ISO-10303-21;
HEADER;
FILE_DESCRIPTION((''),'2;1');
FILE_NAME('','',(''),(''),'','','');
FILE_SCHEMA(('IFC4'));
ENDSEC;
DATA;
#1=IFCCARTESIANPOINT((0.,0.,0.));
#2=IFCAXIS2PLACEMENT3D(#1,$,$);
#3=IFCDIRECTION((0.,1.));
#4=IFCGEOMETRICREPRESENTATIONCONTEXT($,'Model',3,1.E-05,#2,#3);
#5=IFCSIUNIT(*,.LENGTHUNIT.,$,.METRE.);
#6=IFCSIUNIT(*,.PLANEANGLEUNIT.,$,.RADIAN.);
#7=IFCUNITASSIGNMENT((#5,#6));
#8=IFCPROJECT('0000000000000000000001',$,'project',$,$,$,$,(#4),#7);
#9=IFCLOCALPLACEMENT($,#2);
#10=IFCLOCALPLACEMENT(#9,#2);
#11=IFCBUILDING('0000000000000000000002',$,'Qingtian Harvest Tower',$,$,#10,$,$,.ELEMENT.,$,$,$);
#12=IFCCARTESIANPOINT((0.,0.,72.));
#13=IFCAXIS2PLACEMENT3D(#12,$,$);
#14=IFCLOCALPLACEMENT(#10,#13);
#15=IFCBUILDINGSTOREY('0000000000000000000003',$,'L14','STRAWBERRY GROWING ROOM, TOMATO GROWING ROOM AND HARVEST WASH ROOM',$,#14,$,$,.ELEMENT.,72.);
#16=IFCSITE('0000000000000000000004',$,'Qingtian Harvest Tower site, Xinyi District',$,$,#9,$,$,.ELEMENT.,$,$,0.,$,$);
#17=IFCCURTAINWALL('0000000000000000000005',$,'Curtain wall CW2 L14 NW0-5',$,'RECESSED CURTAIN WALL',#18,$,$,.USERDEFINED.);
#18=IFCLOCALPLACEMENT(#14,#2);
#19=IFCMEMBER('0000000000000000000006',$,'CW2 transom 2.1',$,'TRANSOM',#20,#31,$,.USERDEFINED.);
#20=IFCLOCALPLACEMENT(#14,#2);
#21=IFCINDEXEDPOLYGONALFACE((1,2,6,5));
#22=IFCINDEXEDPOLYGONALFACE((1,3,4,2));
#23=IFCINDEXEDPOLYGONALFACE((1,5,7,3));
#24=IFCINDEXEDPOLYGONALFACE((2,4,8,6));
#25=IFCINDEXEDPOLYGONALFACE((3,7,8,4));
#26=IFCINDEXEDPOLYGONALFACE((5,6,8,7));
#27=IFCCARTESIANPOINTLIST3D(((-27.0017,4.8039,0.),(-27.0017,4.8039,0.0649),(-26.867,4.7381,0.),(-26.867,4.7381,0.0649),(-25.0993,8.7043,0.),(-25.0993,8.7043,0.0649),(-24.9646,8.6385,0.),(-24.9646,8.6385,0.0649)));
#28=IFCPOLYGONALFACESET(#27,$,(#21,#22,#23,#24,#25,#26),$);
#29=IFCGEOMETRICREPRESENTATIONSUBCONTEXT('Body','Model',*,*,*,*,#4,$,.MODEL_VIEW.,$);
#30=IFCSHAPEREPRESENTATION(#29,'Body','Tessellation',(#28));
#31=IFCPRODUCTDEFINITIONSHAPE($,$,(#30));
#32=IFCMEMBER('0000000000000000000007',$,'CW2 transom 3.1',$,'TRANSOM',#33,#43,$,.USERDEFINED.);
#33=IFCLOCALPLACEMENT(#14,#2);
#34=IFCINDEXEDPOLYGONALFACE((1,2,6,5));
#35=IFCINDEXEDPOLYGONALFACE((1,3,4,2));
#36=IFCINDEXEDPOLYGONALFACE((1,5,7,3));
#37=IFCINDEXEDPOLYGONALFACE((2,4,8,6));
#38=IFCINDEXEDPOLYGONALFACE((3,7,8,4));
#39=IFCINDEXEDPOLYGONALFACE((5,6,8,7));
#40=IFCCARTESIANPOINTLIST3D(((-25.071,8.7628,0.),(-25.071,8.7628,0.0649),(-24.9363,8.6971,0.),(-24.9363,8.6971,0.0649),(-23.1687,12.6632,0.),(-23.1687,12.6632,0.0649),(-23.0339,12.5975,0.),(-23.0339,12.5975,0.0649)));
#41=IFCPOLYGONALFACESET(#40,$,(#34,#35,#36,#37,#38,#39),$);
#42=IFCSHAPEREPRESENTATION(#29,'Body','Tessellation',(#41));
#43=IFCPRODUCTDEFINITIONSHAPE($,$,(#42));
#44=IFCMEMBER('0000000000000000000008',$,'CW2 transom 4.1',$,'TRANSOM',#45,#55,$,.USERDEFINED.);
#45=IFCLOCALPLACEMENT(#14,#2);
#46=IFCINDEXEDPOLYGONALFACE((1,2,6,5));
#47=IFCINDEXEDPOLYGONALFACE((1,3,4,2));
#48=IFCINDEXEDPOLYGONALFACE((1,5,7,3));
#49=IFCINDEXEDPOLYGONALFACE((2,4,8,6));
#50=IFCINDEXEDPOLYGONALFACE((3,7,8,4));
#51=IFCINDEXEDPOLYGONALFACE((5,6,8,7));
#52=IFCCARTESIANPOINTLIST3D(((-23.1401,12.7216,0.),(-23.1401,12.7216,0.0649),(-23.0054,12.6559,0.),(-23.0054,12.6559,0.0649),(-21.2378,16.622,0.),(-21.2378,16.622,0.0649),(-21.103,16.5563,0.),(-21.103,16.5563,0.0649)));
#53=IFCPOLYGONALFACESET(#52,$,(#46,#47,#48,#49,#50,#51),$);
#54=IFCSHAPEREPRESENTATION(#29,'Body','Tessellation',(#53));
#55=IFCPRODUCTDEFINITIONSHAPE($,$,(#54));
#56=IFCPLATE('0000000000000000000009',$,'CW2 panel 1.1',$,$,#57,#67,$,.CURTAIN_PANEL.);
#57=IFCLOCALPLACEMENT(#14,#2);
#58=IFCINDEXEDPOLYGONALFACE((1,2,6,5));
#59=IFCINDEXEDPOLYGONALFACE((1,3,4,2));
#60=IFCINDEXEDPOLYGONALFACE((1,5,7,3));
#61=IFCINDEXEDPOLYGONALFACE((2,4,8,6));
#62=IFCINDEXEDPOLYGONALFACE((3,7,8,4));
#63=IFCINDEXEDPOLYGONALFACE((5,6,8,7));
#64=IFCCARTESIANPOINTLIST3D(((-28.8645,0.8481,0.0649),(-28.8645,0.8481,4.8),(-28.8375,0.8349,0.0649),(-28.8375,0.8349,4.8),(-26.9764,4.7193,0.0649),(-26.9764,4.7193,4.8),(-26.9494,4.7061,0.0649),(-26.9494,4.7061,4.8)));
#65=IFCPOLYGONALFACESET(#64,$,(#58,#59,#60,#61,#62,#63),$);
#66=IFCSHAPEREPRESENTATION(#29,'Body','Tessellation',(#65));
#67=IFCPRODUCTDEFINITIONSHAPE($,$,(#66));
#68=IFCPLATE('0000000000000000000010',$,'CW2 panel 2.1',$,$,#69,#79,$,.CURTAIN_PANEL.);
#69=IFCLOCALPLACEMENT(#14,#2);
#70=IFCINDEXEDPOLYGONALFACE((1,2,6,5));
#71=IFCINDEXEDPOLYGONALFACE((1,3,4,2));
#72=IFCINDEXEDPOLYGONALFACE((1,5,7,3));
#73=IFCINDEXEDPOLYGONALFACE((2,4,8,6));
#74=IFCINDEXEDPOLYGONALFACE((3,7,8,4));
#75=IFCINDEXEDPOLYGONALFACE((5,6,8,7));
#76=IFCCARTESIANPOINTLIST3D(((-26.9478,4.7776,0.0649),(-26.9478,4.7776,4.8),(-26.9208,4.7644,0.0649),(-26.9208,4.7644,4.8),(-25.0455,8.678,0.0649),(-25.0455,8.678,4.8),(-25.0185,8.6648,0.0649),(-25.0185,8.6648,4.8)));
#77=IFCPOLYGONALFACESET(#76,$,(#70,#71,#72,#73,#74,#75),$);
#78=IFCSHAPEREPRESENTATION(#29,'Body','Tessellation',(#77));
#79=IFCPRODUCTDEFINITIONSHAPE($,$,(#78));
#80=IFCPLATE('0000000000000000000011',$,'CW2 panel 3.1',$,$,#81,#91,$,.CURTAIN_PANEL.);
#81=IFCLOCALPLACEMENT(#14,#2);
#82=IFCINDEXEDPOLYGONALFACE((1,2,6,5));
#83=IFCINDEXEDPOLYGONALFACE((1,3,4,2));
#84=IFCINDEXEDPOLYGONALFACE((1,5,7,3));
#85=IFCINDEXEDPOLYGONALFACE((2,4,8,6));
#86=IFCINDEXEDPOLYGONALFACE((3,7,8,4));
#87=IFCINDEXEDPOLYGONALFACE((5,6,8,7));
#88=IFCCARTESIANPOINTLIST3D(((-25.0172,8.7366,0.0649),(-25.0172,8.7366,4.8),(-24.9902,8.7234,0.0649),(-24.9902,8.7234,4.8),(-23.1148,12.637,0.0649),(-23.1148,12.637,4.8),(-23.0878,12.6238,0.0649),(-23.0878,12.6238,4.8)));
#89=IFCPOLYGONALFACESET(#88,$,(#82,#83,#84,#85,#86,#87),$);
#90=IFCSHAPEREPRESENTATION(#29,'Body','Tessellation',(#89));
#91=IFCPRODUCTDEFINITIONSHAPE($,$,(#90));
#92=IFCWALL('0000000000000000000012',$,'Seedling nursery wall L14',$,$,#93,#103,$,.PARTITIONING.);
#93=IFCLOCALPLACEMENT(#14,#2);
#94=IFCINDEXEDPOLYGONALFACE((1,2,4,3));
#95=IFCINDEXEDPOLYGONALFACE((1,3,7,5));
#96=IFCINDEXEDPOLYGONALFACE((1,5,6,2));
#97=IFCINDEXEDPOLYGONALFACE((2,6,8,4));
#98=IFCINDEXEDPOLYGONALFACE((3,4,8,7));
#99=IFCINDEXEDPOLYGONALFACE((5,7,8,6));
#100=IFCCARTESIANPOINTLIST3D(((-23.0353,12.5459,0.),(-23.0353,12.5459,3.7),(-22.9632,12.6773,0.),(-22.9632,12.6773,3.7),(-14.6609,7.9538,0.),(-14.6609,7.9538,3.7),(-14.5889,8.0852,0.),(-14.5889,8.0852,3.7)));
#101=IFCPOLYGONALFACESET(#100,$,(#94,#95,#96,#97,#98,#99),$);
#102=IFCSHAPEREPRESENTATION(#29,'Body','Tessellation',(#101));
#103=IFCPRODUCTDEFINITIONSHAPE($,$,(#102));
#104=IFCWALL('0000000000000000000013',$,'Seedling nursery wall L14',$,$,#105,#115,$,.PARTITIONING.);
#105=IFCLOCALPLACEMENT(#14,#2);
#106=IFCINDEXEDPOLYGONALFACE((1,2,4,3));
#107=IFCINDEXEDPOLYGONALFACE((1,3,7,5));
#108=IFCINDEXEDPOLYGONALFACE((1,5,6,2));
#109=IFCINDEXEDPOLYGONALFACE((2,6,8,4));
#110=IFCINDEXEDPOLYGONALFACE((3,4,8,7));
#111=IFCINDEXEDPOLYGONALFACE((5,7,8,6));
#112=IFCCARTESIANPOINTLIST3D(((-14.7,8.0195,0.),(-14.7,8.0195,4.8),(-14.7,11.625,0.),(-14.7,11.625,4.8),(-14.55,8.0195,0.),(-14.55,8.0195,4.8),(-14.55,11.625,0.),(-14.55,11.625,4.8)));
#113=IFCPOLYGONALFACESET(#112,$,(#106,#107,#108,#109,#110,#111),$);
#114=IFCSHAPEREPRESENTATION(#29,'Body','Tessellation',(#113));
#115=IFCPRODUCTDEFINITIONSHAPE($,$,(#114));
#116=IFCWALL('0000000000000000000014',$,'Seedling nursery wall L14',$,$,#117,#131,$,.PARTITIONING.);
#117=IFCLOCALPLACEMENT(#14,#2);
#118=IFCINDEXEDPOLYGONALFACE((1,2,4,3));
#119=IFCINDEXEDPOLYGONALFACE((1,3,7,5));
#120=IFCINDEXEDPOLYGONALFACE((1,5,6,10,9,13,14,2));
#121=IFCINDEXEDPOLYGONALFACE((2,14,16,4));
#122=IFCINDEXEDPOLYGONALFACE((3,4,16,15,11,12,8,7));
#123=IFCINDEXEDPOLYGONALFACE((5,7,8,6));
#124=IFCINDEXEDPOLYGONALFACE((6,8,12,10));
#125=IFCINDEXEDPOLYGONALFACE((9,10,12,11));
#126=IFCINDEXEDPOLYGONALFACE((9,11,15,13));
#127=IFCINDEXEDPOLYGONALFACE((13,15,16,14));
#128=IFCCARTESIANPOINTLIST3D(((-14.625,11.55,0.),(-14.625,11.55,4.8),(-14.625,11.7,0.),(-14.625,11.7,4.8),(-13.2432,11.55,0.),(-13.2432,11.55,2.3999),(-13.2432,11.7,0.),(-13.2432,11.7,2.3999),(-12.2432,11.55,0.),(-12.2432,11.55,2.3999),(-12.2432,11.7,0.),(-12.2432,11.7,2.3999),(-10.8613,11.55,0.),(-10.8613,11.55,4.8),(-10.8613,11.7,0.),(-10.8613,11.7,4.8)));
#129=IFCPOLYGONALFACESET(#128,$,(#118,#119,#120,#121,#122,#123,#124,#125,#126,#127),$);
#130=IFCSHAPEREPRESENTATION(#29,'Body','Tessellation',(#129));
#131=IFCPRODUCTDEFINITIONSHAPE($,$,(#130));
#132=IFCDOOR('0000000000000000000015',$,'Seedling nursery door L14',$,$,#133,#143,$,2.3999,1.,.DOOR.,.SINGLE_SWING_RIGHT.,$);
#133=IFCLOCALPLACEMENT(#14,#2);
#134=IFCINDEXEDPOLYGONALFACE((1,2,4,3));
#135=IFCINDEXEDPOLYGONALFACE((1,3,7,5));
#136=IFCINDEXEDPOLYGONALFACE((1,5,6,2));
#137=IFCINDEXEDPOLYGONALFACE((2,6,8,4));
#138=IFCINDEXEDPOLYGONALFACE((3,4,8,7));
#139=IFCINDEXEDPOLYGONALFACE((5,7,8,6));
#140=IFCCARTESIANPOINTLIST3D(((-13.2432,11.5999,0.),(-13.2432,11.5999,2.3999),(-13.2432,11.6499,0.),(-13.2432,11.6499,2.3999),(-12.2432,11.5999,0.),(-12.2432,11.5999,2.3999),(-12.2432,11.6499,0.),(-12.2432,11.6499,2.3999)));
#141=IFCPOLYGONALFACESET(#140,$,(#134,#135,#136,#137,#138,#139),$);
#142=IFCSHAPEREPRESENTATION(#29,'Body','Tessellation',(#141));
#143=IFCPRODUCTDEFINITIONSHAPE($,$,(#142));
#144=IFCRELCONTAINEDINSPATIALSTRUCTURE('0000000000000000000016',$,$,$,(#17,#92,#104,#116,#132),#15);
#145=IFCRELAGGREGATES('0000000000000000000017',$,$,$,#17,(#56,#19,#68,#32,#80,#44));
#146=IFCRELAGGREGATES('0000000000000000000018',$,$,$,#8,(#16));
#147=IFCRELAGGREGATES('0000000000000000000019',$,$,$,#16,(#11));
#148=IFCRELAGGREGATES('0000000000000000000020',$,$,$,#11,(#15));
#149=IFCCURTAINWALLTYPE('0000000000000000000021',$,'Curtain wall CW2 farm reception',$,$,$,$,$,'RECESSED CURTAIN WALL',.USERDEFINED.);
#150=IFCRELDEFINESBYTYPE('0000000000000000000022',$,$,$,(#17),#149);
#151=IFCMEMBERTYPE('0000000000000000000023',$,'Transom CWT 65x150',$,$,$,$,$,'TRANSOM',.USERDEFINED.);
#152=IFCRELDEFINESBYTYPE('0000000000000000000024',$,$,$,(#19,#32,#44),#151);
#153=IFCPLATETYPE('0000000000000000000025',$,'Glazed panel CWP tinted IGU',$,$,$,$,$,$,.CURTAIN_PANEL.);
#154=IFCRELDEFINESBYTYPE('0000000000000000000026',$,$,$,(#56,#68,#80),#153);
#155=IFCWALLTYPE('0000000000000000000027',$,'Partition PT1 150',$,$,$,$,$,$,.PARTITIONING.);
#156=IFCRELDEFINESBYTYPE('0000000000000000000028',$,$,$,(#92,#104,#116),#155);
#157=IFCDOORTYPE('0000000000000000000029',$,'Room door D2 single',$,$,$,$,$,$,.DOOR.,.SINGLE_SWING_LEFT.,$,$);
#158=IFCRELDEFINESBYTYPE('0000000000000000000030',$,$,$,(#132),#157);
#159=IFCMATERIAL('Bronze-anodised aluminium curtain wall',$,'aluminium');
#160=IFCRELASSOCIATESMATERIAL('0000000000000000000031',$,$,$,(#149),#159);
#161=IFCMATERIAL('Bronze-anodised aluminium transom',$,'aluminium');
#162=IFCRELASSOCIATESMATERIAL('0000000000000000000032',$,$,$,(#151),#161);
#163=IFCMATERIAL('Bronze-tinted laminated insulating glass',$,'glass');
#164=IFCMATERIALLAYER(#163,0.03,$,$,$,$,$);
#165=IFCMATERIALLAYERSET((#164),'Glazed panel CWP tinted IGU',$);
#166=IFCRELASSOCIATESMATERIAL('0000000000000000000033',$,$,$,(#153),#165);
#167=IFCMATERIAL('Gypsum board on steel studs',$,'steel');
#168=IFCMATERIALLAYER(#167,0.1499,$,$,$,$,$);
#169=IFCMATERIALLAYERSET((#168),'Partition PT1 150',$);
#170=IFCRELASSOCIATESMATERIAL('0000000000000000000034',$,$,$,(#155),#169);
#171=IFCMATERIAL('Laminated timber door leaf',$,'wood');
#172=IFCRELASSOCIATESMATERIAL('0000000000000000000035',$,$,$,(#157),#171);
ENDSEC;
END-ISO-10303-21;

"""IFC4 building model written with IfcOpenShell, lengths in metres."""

from ifc_helpers import new_model, si_unit, direction, frame, frame_2d, origin, origin_2d, place, context, subcontext, project, spatial, rectangle, extrude, material, layer, layer_set, material_profile, profile_set, type_object, element, fill, aggregate, save


model = new_model("IFC4")

# Units and contexts
model_context = context("Model", 3, precision=1e-05, world=origin(), true_north=direction((0.0, 1.0)))
body_context = subcontext(model_context, "Body", "Model", "MODEL_VIEW")
ifc_project = project(units=[si_unit("LENGTHUNIT", "METRE"), si_unit("PLANEANGLEUNIT", "RADIAN")], contexts=[model_context])

# Site, building, storey
site_placement = place(None, origin())
site = spatial("IfcSite", under=ifc_project, at=site_placement, Name="Qingtian Harvest Tower site, Xinyi District", CompositionType="ELEMENT", RefElevation=0.0)
building_placement = place(site_placement, origin())
building = spatial("IfcBuilding", under=site, at=building_placement, Name="Qingtian Harvest Tower", CompositionType="ELEMENT")
storey_placement = place(building_placement, frame((0.0, 0.0, 72.0)))
storey = spatial("IfcBuildingStorey", under=building, at=storey_placement, Name="L14", Description="STRAWBERRY GROWING ROOM, TOMATO GROWING ROOM AND HARVEST WASH ROOM", CompositionType="ELEMENT", Elevation=72.0)

# Shared definitions
ifc_material_1 = material(Name="Bronze-anodised aluminium curtain wall", Category="aluminium")
curtain_wall_type = type_object("IfcCurtainWallType", Name="Curtain wall CW2 farm reception", ElementType="RECESSED CURTAIN WALL", PredefinedType="USERDEFINED", material=ifc_material_1)

# Curtain wall
curtain_wall_1_placement = place(storey_placement, origin())
curtain_wall_1 = element("IfcCurtainWall", 1, at=curtain_wall_1_placement, inside=storey, type_object=curtain_wall_type, Name="Curtain wall CW2 L14 NW0-5", ObjectType="RECESSED CURTAIN WALL", PredefinedType="USERDEFINED")

# Members
ifc_material_2 = material(Name="Bronze-anodised aluminium transom", Category="aluminium")
ifc_material_profile_1 = material_profile(ifc_material_2, rectangle(XDim=0.1499, YDim=0.0649, at=origin_2d()), Name="AL 65x150")
ifc_profile_set_1 = profile_set([ifc_material_profile_1], Name="Bronze-anodised aluminium transom")
member_type_1 = type_object("IfcMemberType", Name="Transom CWT 65x150", ElementType="TRANSOM", PredefinedType="USERDEFINED", material=ifc_profile_set_1)
member_1_placement = place(storey_placement, frame((-26.9343, 4.771, 0.0325), z_axis=(0.43837, 0.898794, 0.0), x_axis=(-0.898794, 0.43837, 0.0)))
member_1 = element("IfcMember", 2, at=member_1_placement, type_object=member_type_1, Name="CW2 transom 2.1", ObjectType="TRANSOM", PredefinedType="USERDEFINED", context=body_context, shape_type="SweptSolid", body=[
    extrude(rectangle(XDim=0.1499, YDim=0.0649, at=origin_2d()), origin(), (0.0, 0.0, 1.0), 4.3396),
])
member_2_placement = place(storey_placement, frame((-25.0037, 8.73, 0.0325), z_axis=(0.43837, 0.898794, 0.0), x_axis=(-0.898794, 0.43837, 0.0)))
member_2 = element("IfcMember", 3, at=member_2_placement, type_object=member_type_1, Name="CW2 transom 3.1", ObjectType="TRANSOM", PredefinedType="USERDEFINED", context=body_context, shape_type="SweptSolid", body=[
    extrude(rectangle(XDim=0.1499, YDim=0.0649, at=origin_2d()), origin(), (0.0, 0.0, 1.0), 4.3396),
])
member_3_placement = place(storey_placement, frame((-23.0728, 12.6887, 0.0325), z_axis=(0.43837, 0.898794, 0.0), x_axis=(-0.898794, 0.43837, 0.0)))
member_3 = element("IfcMember", 4, at=member_3_placement, type_object=member_type_1, Name="CW2 transom 4.1", ObjectType="TRANSOM", PredefinedType="USERDEFINED", context=body_context, shape_type="SweptSolid", body=[
    extrude(rectangle(XDim=0.1499, YDim=0.0649, at=origin_2d()), origin(), (0.0, 0.0, 1.0), 4.3396),
])

# Plates
ifc_material_3 = material(Name="Bronze-tinted laminated insulating glass", Category="glass")
ifc_layer_1 = layer(ifc_material_3, 0.03)
ifc_layer_set_1 = layer_set([ifc_layer_1], Name="Glazed panel CWP tinted IGU")
plate_type = type_object("IfcPlateType", Name="Glazed panel CWP tinted IGU", PredefinedType="CURTAIN_PANEL", material=ifc_layer_set_1)
plate_1_placement = place(storey_placement, frame((-27.907, 2.7771, 0.0649), z_axis=(0.0, 0.0, 1.0), x_axis=(0.438371, 0.898794, 0.0)))
plate_1 = element("IfcPlate", 5, at=plate_1_placement, type_object=plate_type, Name="CW2 panel 1.1", PredefinedType="CURTAIN_PANEL", context=body_context, shape_type="SweptSolid", body=[
    extrude(rectangle(XDim=4.3071, YDim=0.03, at=origin_2d()), origin(), (0.0, 0.0, 1.0), 4.7351),
])
plate_2_placement = place(storey_placement, frame((-25.9832, 6.7212, 0.0649), z_axis=(0.0, 0.0, 1.0), x_axis=(0.438371, 0.898794, 0.0)))
plate_2 = element("IfcPlate", 6, at=plate_2_placement, type_object=plate_type, Name="CW2 panel 2.1", PredefinedType="CURTAIN_PANEL", context=body_context, shape_type="SweptSolid", body=[
    extrude(rectangle(XDim=4.3396, YDim=0.03, at=origin_2d()), origin(), (0.0, 0.0, 1.0), 4.7351),
])
plate_3_placement = place(storey_placement, frame((-24.0525, 10.6802, 0.0649), z_axis=(0.0, 0.0, 1.0), x_axis=(0.438371, 0.898794, 0.0)))
plate_3 = element("IfcPlate", 7, at=plate_3_placement, type_object=plate_type, Name="CW2 panel 3.1", PredefinedType="CURTAIN_PANEL", context=body_context, shape_type="SweptSolid", body=[
    extrude(rectangle(XDim=4.3396, YDim=0.03, at=origin_2d()), origin(), (0.0, 0.0, 1.0), 4.7351),
])
aggregate(curtain_wall_1, [plate_1, member_1, plate_2, member_2, plate_3, member_3])

# Walls
ifc_material_4 = material(Name="Gypsum board on steel studs", Category="steel")
ifc_layer_2 = layer(ifc_material_4, 0.1499)
ifc_layer_set_2 = layer_set([ifc_layer_2], Name="Partition PT1 150")
wall_type = type_object("IfcWallType", Name="Partition PT1 150", PredefinedType="PARTITIONING", material=ifc_layer_set_2)
wall_1_placement = place(storey_placement, frame((-22.9993, 12.6116, 0.0), z_axis=(0.0, 0.0, 1.0), x_axis=(0.876826, -0.480809, 0.0)))
element("IfcWall", 8, at=wall_1_placement, inside=storey, type_object=wall_type, Name="Seedling nursery wall L14", PredefinedType="PARTITIONING", context=body_context, shape_type="SweptSolid", body=[
    extrude(rectangle(XDim=9.5508, YDim=0.1499, at=frame_2d((4.7754, 0.0))), origin(), (0.0, 0.0, 1.0), 3.7),
])
wall_2_placement = place(storey_placement, frame((-14.625, 8.0195, 0.0), z_axis=(0.0, 0.0, 1.0), x_axis=(0.0, 1.0, 0.0)))
element("IfcWall", 9, at=wall_2_placement, inside=storey, type_object=wall_type, Name="Seedling nursery wall L14", PredefinedType="PARTITIONING", context=body_context, shape_type="SweptSolid", body=[
    extrude(rectangle(XDim=3.6055, YDim=0.1499, at=frame_2d((1.8027, 0.0))), origin(), (0.0, 0.0, 1.0), 4.8),
])

# Wall, opening, door
wall_3_placement = place(storey_placement, frame((-14.625, 11.625, 0.0), z_axis=(0.0, 0.0, 1.0), x_axis=(1.0, 0.0, 0.0)))
wall_3 = element("IfcWall", 10, at=wall_3_placement, inside=storey, type_object=wall_type, Name="Seedling nursery wall L14", PredefinedType="PARTITIONING", context=body_context, shape_type="SweptSolid", body=[
    extrude(rectangle(XDim=3.7637, YDim=0.1499, at=frame_2d((1.8818, 0.0))), origin(), (0.0, 0.0, 1.0), 4.8),
])
opening_placement = place(wall_3_placement, frame((1.3818, 0.0, 0.0)))
opening = element("IfcOpeningElement", 11, at=opening_placement, cuts=wall_3, PredefinedType="OPENING", context=body_context, shape_type="SweptSolid", body=[
    extrude(rectangle(XDim=1.0, YDim=2.3999, at=frame_2d((0.5, 1.2))), frame((0.0, 0.085, 0.0), z_axis=(0.0, -1.0, 0.0), x_axis=(1.0, 0.0, 0.0)), (0.0, 0.0, 1.0), 0.1699),
])
ifc_material_5 = material(Name="Laminated timber door leaf", Category="wood")
door_type = type_object("IfcDoorType", Name="Room door D2 single", OperationType="SINGLE_SWING_LEFT", PredefinedType="DOOR", material=ifc_material_5)
door_placement = place(opening_placement, origin())
door = element("IfcDoor", 12, at=door_placement, inside=storey, type_object=door_type, Name="Seedling nursery door L14", OperationType="SINGLE_SWING_RIGHT", OverallHeight=2.3999, OverallWidth=1.0, PredefinedType="DOOR", context=body_context, shape_type="SweptSolid", body=[
    extrude(rectangle(XDim=1.0, YDim=2.3999, at=frame_2d((0.5, 1.2))), frame((0.0, 0.0249, 0.0), z_axis=(0.0, -1.0, 0.0), x_axis=(1.0, 0.0, 0.0)), (0.0, 0.0, 1.0), 0.05),
])
fill(opening, door)

save(model, "model.ifc")
